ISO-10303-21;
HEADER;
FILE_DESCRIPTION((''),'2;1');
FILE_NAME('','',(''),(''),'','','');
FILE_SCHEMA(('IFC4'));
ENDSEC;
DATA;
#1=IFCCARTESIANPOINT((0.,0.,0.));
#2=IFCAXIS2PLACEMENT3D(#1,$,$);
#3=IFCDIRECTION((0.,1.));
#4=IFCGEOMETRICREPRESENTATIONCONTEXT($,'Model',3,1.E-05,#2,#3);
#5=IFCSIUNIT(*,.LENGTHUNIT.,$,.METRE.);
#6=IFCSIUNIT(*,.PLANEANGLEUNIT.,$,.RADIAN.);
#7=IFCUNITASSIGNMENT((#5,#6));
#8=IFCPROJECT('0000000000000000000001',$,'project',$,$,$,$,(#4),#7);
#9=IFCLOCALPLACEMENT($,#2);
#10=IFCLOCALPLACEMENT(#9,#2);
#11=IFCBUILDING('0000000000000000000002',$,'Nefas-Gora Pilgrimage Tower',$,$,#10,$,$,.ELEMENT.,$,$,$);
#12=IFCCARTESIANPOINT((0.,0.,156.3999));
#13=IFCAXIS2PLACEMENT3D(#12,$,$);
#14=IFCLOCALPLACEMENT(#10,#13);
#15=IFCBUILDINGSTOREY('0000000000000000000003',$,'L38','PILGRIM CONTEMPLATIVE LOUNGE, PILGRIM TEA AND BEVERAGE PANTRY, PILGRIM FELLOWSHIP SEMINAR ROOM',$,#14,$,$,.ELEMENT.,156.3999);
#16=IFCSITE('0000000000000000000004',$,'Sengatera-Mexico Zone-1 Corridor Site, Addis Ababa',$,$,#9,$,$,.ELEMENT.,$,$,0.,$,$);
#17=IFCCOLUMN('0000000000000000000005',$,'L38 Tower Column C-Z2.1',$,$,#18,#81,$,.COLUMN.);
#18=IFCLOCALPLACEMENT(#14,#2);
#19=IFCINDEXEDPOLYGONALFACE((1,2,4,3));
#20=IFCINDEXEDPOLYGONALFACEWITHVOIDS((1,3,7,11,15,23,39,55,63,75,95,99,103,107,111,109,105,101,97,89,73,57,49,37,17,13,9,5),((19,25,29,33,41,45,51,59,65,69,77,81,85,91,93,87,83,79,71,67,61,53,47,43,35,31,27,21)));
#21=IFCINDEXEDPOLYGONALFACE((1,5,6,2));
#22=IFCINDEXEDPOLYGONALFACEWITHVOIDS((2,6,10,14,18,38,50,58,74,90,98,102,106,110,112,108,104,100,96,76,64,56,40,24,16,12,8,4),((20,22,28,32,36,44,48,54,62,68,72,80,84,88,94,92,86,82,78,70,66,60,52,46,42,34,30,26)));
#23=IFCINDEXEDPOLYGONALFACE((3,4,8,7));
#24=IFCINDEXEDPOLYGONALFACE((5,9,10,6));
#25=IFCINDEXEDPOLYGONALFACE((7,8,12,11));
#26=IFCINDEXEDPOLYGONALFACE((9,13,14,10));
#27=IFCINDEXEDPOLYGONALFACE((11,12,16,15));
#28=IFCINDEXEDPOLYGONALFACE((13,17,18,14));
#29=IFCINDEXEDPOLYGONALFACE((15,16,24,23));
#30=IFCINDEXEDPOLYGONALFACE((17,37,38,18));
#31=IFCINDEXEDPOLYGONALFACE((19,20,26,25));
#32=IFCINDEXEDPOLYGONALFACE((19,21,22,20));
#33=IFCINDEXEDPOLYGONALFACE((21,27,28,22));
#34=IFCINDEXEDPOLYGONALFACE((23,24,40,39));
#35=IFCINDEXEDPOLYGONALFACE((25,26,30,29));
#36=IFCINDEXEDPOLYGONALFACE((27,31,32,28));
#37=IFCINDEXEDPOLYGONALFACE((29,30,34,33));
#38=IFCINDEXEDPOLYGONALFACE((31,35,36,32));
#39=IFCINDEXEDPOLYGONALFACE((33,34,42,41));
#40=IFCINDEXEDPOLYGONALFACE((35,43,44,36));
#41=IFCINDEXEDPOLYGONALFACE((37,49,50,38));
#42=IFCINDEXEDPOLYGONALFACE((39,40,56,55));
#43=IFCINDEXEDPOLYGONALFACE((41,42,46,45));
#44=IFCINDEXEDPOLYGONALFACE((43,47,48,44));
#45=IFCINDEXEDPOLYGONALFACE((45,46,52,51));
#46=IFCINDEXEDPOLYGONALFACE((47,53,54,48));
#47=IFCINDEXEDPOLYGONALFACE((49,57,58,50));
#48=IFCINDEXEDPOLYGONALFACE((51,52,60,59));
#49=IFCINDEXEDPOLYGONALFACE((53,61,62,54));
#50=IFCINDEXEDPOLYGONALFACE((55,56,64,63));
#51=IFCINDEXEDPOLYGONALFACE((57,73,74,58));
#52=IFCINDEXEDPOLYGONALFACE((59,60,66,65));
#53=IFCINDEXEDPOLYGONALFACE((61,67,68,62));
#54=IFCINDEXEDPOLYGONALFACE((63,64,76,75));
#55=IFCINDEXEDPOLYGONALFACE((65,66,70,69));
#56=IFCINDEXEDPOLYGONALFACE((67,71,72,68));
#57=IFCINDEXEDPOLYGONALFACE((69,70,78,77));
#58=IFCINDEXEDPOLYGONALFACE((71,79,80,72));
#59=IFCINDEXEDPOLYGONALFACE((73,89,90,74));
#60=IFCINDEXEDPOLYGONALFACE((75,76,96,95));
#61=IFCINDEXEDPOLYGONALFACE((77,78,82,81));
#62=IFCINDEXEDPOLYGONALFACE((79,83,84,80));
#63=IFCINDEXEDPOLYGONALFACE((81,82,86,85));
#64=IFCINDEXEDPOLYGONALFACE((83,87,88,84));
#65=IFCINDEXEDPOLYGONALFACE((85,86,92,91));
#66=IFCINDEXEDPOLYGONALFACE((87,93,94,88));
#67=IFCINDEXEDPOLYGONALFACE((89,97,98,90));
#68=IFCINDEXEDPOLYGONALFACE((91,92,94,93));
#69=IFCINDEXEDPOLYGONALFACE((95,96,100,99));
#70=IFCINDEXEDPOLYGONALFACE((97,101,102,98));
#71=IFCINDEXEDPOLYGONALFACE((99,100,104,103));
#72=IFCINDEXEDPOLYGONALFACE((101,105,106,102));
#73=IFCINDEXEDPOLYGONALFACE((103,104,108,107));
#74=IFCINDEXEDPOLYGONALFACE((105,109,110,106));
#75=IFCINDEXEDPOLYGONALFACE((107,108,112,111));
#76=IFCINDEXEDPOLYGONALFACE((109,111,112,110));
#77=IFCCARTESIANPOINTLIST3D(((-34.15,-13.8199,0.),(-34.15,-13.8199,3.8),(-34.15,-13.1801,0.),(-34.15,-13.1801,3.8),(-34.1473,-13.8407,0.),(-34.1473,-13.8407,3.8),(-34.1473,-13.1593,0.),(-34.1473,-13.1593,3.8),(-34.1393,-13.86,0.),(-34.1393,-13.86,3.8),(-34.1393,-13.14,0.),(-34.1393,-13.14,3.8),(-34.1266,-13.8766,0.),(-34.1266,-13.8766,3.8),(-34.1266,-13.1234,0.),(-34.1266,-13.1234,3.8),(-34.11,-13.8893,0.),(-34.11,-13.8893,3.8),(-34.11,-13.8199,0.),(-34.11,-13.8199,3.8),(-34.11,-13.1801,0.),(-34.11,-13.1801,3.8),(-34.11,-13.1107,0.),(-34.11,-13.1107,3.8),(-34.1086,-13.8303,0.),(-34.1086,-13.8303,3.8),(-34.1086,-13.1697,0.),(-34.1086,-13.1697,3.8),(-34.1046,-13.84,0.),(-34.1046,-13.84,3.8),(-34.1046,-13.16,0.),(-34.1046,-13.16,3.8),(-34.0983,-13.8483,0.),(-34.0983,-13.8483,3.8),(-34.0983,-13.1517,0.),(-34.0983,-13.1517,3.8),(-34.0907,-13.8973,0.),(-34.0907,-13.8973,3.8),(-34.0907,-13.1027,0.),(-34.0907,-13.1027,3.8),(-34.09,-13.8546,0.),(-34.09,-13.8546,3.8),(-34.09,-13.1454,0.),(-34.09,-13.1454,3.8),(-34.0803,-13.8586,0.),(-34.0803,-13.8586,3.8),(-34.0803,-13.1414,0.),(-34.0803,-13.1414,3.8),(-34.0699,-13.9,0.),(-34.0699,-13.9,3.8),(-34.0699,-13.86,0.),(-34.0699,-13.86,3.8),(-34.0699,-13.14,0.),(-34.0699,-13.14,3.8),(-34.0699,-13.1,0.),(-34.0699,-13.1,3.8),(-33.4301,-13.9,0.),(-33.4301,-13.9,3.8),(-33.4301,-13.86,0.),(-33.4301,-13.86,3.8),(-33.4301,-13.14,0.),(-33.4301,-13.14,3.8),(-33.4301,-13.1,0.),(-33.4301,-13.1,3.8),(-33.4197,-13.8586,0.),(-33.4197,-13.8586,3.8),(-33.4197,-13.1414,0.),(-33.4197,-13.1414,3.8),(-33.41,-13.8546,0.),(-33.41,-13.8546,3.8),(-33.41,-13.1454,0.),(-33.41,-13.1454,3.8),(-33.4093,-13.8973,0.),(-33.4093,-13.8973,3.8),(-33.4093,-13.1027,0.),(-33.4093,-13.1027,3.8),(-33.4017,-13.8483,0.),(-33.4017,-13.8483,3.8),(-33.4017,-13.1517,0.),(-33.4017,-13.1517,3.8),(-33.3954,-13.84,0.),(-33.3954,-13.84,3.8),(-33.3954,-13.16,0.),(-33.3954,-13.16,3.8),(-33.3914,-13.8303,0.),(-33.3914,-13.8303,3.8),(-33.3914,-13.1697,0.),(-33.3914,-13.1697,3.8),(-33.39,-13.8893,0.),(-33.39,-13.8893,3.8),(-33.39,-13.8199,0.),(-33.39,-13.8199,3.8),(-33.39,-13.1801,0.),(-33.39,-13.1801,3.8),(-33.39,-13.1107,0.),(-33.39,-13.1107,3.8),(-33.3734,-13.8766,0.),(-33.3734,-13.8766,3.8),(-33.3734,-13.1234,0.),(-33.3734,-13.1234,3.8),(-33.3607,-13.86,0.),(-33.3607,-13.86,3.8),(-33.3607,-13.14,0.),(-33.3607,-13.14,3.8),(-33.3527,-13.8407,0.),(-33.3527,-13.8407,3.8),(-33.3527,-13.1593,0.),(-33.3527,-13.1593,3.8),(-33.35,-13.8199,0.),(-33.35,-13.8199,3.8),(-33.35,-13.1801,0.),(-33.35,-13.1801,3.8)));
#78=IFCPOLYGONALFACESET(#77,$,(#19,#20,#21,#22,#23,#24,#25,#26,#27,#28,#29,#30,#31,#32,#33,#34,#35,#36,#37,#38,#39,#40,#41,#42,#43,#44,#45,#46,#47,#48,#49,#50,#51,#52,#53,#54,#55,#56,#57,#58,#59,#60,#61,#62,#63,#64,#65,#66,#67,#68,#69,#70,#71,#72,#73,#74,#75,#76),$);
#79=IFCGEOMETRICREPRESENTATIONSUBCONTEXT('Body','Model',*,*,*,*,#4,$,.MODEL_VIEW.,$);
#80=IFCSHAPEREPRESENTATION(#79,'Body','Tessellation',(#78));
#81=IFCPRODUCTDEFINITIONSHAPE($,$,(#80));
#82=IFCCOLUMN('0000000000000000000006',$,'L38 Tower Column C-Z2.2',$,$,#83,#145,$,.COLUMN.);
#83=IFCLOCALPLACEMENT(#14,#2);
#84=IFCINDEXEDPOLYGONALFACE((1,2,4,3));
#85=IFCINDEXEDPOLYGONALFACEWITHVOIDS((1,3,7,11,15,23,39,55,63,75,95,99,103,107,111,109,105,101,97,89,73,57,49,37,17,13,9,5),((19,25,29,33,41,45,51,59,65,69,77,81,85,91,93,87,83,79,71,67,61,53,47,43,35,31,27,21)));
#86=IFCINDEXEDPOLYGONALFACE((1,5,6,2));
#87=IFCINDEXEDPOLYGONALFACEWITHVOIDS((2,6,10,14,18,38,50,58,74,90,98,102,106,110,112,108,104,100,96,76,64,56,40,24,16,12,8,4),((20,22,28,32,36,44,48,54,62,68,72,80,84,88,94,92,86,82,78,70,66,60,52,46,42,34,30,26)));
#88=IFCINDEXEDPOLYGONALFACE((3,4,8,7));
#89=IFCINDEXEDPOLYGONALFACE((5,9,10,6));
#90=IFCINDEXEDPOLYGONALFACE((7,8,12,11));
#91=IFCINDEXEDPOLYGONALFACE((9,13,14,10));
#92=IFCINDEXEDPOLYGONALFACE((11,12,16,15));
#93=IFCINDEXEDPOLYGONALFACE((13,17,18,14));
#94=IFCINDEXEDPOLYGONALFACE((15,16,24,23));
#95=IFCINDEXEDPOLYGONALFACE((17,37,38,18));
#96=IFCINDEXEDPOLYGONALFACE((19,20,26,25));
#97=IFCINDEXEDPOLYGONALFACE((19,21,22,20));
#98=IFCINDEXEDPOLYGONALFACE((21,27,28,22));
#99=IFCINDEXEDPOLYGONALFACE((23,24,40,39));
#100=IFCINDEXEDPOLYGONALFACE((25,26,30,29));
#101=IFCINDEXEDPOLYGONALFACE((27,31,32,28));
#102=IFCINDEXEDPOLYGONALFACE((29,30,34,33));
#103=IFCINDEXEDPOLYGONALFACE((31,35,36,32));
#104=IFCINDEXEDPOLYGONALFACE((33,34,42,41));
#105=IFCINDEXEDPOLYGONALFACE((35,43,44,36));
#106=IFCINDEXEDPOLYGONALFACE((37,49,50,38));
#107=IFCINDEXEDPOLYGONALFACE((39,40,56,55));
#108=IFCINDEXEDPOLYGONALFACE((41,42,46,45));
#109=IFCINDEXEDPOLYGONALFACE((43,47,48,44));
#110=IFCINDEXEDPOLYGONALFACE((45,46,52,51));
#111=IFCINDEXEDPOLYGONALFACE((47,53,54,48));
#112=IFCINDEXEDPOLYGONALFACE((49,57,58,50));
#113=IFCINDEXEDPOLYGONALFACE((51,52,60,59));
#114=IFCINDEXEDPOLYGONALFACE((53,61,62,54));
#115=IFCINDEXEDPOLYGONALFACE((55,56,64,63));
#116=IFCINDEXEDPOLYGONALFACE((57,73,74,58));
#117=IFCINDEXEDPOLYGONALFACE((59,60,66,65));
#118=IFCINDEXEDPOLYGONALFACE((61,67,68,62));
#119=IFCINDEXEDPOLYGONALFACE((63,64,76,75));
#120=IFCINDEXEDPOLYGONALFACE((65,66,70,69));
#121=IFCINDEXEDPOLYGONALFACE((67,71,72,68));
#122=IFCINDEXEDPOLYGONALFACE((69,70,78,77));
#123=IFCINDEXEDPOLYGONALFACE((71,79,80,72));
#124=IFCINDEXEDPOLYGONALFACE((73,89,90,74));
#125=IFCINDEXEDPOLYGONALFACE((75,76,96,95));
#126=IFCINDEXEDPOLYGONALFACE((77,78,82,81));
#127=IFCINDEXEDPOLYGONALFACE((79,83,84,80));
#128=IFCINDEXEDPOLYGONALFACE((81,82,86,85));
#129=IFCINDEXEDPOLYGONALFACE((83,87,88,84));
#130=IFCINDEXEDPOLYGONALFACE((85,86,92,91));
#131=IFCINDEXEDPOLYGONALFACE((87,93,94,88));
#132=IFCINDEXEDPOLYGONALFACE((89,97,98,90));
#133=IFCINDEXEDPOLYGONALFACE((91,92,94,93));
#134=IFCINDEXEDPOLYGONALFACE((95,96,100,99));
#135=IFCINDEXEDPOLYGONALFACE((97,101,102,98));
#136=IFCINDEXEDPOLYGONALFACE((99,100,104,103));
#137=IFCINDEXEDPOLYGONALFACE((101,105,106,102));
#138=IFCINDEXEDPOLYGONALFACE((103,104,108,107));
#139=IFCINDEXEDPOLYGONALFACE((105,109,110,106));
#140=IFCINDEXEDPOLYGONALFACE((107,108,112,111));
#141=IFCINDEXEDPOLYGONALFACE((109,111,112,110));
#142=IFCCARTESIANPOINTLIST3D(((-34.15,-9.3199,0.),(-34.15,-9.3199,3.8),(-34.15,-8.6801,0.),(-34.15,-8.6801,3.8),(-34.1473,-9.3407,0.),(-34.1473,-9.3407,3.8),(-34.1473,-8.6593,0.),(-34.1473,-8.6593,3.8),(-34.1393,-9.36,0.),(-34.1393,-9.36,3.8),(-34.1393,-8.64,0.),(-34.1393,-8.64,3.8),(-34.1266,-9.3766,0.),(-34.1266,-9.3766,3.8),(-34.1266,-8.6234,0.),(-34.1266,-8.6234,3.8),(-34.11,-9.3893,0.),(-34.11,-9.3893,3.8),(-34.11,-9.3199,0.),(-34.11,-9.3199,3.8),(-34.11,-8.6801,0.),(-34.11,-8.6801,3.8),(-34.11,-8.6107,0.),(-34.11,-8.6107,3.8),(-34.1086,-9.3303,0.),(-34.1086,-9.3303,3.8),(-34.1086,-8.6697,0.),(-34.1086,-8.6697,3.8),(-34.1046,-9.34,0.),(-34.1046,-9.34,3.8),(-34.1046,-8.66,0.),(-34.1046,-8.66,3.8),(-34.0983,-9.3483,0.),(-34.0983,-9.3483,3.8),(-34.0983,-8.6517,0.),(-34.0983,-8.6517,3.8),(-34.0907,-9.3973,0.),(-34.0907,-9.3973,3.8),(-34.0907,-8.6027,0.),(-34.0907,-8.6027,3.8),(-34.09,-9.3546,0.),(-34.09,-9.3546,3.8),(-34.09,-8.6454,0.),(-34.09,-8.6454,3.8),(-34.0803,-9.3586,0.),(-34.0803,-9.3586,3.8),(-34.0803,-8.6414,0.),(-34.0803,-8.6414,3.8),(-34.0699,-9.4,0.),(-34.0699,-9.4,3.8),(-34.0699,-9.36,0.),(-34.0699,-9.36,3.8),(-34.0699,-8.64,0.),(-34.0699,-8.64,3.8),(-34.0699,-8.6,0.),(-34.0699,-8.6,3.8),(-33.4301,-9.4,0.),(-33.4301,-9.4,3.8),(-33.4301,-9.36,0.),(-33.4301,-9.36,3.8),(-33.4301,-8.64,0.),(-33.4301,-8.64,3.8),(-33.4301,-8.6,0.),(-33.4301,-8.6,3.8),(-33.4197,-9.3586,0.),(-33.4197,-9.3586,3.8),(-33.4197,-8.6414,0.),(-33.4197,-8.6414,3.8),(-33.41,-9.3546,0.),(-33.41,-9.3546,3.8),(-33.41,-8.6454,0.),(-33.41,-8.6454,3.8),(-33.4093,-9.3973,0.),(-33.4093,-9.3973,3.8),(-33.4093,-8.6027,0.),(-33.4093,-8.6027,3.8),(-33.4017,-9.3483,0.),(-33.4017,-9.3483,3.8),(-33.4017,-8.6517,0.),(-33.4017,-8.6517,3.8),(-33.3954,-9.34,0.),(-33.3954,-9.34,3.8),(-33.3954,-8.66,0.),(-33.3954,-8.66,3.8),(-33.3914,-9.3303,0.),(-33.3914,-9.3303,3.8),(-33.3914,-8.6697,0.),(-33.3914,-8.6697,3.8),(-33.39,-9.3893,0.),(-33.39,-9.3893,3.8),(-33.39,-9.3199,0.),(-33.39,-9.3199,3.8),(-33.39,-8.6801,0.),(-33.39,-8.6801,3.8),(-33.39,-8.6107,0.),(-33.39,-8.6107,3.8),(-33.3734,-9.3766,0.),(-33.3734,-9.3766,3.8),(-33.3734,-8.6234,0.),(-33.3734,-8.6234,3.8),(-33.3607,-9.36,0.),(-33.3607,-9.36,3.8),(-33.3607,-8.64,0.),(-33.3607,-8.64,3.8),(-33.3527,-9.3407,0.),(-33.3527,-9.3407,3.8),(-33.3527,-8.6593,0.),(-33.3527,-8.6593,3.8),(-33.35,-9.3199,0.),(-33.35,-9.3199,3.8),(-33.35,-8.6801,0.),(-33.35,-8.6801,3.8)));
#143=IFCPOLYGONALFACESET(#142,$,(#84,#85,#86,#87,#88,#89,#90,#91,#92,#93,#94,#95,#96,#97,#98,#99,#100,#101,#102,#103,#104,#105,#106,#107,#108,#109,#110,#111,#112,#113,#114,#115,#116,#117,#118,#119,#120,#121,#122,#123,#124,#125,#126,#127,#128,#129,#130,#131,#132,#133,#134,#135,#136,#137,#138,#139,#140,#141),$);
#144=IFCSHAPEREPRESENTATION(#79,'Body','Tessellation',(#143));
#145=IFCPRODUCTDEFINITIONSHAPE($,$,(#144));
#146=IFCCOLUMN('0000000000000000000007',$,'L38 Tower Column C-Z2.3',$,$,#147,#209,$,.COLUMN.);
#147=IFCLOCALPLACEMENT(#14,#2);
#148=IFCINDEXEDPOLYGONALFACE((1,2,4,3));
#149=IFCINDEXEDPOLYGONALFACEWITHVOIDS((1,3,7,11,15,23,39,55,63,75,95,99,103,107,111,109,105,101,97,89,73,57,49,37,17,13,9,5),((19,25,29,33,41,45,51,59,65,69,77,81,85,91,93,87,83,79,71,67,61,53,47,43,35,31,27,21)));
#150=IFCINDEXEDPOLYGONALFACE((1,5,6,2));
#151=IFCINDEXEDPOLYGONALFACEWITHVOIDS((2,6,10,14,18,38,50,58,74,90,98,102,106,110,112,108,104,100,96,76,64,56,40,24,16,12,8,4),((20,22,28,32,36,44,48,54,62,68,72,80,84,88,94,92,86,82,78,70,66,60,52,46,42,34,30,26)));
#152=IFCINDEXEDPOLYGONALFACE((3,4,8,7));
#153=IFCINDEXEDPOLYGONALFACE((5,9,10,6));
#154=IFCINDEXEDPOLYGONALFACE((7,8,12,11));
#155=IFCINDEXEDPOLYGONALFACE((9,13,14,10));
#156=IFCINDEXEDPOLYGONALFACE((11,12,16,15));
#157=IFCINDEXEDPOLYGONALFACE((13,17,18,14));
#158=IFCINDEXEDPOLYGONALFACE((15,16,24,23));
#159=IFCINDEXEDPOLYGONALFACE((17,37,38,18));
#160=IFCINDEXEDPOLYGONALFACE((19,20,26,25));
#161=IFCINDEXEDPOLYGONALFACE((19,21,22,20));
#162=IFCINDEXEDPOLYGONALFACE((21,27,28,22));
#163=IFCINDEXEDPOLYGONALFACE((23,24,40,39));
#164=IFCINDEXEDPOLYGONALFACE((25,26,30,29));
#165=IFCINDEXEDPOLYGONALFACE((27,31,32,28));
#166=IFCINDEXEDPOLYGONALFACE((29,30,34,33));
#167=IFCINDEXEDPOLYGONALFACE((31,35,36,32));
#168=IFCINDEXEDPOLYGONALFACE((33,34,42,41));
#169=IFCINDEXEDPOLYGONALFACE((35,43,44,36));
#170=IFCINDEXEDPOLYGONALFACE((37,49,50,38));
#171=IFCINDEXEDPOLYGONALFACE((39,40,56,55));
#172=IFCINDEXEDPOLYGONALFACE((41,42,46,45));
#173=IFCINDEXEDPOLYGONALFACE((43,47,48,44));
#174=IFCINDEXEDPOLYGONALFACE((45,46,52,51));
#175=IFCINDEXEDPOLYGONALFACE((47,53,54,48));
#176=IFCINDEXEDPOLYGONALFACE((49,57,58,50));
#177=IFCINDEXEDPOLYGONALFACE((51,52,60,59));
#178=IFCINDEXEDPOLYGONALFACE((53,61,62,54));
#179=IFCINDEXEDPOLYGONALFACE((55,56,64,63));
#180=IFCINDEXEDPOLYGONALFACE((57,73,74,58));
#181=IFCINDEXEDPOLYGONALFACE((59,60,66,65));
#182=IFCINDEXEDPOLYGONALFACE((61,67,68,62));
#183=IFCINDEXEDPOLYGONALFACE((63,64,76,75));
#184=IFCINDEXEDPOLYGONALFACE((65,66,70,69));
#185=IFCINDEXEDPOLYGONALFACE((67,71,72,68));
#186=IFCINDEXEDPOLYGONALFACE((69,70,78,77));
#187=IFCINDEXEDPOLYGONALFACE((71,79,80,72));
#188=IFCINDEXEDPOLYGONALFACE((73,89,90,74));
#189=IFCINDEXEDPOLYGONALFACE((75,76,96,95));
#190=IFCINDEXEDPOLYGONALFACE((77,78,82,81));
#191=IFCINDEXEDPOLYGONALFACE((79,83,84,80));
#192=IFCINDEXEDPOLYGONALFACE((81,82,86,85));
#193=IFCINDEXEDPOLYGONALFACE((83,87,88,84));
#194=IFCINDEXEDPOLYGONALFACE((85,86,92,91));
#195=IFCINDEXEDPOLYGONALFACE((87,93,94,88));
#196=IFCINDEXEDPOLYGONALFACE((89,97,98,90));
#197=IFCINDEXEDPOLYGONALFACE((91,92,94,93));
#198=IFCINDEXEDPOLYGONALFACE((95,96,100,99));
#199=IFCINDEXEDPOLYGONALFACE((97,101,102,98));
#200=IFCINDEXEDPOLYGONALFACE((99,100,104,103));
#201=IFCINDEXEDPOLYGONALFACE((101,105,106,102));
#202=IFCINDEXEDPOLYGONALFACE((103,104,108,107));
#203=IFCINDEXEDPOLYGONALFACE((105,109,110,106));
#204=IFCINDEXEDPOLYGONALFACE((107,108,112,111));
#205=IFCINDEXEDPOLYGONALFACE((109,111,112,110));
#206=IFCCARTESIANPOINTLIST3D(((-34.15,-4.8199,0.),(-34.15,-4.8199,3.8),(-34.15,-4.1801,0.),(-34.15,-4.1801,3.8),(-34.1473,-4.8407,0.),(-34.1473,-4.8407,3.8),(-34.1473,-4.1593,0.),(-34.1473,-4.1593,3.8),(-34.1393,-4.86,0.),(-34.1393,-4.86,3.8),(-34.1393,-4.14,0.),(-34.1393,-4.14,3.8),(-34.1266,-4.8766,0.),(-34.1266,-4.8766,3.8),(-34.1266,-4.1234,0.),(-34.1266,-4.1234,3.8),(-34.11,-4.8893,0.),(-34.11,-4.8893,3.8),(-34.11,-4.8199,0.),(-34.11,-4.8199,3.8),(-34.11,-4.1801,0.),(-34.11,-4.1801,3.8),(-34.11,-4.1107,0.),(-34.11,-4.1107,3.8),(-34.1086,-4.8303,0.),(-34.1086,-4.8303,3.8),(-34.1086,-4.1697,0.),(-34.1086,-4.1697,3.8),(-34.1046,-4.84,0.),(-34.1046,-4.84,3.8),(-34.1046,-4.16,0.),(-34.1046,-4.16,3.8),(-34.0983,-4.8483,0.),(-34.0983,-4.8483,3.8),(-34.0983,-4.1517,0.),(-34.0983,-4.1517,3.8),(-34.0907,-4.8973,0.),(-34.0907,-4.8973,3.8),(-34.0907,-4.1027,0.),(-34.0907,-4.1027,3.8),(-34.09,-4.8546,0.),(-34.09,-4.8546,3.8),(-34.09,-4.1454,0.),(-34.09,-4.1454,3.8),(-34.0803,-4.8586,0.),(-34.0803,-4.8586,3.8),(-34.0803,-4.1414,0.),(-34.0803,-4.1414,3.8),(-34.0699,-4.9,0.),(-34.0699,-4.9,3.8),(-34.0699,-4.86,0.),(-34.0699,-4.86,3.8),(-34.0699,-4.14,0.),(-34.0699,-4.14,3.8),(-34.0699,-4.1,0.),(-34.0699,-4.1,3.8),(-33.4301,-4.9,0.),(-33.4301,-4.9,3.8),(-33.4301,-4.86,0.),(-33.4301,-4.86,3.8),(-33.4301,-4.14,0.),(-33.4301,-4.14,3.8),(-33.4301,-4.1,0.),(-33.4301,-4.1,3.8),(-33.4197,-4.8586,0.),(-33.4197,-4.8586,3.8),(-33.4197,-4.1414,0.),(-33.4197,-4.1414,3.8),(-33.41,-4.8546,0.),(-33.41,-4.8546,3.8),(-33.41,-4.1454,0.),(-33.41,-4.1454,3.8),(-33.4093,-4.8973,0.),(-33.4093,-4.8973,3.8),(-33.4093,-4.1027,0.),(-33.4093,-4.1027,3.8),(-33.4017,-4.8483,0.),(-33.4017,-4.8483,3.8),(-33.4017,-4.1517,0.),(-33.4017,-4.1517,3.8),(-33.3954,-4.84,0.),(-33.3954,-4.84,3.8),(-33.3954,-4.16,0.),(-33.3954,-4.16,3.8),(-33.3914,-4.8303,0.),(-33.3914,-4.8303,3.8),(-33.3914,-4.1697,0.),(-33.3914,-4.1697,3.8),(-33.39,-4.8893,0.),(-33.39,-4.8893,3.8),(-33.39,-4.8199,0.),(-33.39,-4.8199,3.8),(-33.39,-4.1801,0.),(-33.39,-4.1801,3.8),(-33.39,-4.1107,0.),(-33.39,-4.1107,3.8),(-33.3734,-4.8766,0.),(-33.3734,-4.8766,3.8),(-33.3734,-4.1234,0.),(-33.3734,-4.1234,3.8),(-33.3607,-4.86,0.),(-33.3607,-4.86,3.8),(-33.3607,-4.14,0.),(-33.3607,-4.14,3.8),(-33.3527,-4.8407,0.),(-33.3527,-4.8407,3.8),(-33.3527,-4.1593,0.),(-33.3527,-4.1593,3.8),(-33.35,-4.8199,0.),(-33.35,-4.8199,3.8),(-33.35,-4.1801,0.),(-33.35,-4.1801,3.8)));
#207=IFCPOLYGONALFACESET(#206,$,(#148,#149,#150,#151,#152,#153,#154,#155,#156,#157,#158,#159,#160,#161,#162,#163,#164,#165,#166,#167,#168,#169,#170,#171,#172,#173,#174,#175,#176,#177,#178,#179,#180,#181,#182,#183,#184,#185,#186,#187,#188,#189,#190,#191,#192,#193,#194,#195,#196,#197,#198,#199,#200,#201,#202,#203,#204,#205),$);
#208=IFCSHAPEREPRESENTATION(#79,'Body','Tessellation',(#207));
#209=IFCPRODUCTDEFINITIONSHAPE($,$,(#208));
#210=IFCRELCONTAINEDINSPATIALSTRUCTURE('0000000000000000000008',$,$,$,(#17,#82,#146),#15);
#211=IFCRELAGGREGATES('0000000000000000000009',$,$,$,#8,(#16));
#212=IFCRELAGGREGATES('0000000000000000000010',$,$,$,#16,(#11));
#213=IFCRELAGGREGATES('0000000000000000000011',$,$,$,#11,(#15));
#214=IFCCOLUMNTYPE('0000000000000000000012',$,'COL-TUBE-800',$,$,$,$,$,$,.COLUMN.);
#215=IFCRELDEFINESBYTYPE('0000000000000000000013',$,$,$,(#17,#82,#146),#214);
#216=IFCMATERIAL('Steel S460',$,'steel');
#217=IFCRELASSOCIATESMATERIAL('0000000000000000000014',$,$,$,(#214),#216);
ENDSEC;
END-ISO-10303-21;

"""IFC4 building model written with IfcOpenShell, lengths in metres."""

from ifc_helpers import new_model, si_unit, direction, frame, origin, origin_2d, place, context, subcontext, project, spatial, hollow_rectangle, extrude, source, transform, mapped, material, material_profile, profile_set, type_object, element, save


model = new_model("IFC4")

# Units and contexts
model_context = context("Model", 3, precision=1e-05, world=origin(), true_north=direction((0.0, 1.0)))
body_context = subcontext(model_context, "Body", "Model", "MODEL_VIEW")
ifc_project = project(units=[si_unit("LENGTHUNIT", "METRE"), si_unit("PLANEANGLEUNIT", "RADIAN")], contexts=[model_context])

# Site, building, storey
site_placement = place(None, origin())
site = spatial("IfcSite", under=ifc_project, at=site_placement, Name="Sengatera-Mexico Zone-1 Corridor Site, Addis Ababa", CompositionType="ELEMENT", RefElevation=0.0)
building_placement = place(site_placement, origin())
building = spatial("IfcBuilding", under=site, at=building_placement, Name="Nefas-Gora Pilgrimage Tower", CompositionType="ELEMENT")
storey_placement = place(building_placement, frame((0.0, 0.0, 156.3999)))
storey = spatial("IfcBuildingStorey", under=building, at=storey_placement, Name="L38", Description="PILGRIM CONTEMPLATIVE LOUNGE, PILGRIM TEA AND BEVERAGE PANTRY, PILGRIM FELLOWSHIP SEMINAR ROOM", CompositionType="ELEMENT", Elevation=156.3999)

# Columns
ifc_material_1 = material(Name="Steel S460", Category="steel")
ifc_material_profile_1 = material_profile(ifc_material_1, hollow_rectangle(XDim=0.8, YDim=0.8, WallThickness=0.04, InnerFilletRadius=0.04, OuterFilletRadius=0.0801, at=origin_2d()), Name="BOX 800x800x40")
ifc_profile_set_1 = profile_set([ifc_material_profile_1], Name="Steel S460")
column_type_1 = type_object("IfcColumnType", Name="COL-TUBE-800", PredefinedType="COLUMN", material=ifc_profile_set_1)
shared_shape_1 = source(origin(), body_context, "Body", "SweptSolid", [
    extrude(hollow_rectangle(XDim=0.8, YDim=0.8, WallThickness=0.04, InnerFilletRadius=0.04, OuterFilletRadius=0.0801, at=origin_2d()), origin(), (0.0, 0.0, 1.0), 3.8),
])
for number, where, z_axis, x_axis, name in (
    (1, (-33.75, -13.5, 0.0), (0.0, 0.0, 1.0), (1.0, 0.0, 0.0), "L38 Tower Column C-Z2.1"),
    (2, (-33.75, -9.0, 0.0), (0.0, 0.0, 1.0), (1.0, 0.0, 0.0), "L38 Tower Column C-Z2.2"),
    (3, (-33.75, -4.5, 0.0), (0.0, 0.0, 1.0), (1.0, 0.0, 0.0), "L38 Tower Column C-Z2.3"),
):
    element("IfcColumn", number, at=place(storey_placement, frame(where, z_axis=z_axis, x_axis=x_axis)), inside=storey, type_object=column_type_1, Name=name, PredefinedType="COLUMN", context=body_context, shape_type="MappedRepresentation", body=[
        mapped(shared_shape_1, transform((0.0, 0.0, 0.0), x_axis=(1.0, 0.0, 0.0), y_axis=(0.0, 1.0, 0.0), z_axis=(0.0, 0.0, 1.0), scale=1.0)),
    ])

save(model, "model.ifc")
